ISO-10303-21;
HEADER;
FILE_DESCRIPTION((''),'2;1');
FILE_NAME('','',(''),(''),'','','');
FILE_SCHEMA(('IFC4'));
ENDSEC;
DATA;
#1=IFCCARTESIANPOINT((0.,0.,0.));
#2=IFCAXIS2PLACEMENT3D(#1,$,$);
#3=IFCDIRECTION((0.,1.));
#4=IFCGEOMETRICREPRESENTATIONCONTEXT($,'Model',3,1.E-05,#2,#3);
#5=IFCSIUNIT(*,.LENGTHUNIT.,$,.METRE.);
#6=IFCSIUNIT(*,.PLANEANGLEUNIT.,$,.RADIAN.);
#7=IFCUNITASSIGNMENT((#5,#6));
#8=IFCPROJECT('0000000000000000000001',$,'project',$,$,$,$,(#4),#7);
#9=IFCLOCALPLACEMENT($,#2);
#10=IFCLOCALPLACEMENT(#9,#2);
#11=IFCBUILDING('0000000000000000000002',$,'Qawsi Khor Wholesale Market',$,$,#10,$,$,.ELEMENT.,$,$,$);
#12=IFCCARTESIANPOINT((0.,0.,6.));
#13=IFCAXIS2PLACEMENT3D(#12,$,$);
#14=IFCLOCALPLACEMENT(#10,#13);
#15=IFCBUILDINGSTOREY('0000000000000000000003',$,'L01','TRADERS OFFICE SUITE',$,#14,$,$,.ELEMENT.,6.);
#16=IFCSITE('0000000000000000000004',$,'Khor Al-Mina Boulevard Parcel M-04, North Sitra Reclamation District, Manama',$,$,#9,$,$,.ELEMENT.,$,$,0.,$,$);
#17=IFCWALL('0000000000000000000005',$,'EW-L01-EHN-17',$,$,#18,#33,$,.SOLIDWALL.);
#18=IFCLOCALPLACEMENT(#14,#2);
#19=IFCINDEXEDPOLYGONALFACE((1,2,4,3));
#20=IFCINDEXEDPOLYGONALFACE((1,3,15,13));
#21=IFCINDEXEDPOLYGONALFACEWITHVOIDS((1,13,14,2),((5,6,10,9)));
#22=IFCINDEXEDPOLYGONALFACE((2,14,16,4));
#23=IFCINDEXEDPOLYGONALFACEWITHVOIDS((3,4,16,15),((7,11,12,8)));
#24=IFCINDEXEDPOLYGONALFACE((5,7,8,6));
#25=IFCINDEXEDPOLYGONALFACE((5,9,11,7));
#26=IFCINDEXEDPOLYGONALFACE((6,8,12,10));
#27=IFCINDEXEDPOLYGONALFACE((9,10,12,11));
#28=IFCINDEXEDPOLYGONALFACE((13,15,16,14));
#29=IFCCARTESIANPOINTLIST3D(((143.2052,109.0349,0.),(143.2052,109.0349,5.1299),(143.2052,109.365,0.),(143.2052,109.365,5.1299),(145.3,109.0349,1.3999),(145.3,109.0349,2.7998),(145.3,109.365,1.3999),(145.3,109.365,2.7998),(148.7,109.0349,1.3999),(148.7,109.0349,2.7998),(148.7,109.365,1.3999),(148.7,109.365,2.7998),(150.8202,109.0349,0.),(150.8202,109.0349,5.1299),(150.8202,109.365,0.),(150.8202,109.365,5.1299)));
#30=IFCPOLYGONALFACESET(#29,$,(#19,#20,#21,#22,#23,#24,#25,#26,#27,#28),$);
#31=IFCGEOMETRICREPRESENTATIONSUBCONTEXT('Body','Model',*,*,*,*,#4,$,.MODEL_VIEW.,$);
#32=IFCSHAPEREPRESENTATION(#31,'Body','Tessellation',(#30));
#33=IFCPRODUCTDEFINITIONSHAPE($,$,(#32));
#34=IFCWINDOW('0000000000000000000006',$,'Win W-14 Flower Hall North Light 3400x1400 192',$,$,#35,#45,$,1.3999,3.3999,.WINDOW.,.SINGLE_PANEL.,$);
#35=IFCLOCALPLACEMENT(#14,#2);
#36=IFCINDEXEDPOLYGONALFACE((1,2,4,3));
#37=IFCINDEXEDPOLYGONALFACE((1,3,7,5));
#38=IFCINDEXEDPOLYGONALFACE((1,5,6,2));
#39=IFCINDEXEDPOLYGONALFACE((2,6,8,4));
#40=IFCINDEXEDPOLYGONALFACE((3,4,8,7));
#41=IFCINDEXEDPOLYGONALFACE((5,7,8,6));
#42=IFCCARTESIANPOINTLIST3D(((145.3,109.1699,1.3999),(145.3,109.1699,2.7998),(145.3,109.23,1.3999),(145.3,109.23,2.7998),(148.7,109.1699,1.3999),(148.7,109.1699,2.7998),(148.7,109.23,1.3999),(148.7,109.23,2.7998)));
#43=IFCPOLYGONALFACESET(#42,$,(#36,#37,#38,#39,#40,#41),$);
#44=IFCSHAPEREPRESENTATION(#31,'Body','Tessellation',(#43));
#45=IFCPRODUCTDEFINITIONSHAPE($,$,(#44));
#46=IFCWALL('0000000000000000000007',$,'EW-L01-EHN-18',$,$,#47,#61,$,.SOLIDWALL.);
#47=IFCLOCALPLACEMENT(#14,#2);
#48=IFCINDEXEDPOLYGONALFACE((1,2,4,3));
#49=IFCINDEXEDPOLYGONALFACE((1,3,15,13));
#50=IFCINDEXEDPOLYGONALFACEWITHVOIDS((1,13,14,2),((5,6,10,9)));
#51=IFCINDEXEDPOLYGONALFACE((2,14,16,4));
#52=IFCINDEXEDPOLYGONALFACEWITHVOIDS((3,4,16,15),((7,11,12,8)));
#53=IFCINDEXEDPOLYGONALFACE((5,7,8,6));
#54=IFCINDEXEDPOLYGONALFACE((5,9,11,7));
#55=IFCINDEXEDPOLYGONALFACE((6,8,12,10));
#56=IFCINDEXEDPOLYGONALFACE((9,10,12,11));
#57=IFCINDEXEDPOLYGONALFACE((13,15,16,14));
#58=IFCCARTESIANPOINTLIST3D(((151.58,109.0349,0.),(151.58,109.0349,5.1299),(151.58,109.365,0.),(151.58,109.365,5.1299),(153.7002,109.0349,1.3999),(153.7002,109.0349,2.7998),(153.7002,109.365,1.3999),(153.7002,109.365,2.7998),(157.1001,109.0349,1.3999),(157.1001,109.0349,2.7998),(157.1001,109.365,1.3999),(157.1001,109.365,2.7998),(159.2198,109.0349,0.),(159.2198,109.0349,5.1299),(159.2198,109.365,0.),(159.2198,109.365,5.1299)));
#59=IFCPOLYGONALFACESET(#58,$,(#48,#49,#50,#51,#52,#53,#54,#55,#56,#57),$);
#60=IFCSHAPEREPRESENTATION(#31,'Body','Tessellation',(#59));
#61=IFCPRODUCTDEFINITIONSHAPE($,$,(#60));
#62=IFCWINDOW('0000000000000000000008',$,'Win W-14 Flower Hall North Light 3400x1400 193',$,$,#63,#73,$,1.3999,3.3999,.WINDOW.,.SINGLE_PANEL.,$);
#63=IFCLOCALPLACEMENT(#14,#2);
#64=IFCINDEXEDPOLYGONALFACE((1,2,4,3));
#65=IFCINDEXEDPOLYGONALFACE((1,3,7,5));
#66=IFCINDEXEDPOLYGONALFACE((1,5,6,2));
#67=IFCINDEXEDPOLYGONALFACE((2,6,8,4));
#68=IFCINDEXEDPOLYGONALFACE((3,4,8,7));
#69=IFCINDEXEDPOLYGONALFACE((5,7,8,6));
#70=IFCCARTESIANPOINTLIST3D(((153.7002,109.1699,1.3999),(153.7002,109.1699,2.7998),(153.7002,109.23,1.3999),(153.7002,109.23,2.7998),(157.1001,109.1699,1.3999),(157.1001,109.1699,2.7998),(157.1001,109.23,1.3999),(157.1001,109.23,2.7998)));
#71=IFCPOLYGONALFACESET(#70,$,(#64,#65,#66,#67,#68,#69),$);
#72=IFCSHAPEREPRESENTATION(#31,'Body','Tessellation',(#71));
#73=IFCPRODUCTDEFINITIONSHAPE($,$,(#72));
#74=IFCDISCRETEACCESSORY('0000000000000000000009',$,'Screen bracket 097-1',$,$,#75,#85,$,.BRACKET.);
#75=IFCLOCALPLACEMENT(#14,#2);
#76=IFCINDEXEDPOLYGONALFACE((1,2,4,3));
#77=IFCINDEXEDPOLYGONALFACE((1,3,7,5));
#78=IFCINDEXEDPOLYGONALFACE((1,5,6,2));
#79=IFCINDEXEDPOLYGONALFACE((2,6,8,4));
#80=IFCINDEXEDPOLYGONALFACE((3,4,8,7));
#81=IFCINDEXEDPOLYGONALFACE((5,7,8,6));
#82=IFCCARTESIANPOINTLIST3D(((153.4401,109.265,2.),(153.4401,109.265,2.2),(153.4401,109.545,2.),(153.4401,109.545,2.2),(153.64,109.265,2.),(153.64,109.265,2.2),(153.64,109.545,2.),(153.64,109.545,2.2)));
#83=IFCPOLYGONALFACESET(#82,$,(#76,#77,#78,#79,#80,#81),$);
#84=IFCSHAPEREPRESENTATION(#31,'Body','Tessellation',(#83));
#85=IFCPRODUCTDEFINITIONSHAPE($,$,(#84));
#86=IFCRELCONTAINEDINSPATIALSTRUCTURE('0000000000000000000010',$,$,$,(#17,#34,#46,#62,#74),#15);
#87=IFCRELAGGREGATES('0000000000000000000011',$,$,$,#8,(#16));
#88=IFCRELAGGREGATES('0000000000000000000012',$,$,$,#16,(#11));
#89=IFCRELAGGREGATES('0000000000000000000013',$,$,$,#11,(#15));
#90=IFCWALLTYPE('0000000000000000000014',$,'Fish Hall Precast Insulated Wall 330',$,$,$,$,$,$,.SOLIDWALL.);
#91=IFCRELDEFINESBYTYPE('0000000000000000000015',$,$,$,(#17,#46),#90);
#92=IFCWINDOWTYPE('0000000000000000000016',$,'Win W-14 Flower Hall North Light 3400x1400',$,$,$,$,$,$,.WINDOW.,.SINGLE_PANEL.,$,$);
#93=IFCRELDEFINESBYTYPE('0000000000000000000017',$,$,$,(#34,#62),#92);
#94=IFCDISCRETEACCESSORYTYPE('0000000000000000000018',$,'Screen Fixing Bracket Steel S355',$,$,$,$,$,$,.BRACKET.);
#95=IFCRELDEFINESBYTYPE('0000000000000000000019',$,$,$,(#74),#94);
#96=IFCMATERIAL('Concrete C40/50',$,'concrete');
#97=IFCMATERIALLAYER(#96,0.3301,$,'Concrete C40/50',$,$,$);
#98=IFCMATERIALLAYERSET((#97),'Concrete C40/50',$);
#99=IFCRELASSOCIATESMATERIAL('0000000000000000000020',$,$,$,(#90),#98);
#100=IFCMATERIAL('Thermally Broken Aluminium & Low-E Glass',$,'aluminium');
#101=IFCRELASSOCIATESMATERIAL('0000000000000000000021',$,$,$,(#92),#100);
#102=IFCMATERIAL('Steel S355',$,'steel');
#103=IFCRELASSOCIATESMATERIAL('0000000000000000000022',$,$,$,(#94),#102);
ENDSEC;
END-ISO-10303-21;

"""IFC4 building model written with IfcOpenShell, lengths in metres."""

from ifc_helpers import new_model, si_unit, direction, frame, frame_2d, origin, origin_2d, place, context, subcontext, project, spatial, rectangle, extrude, material, layer, layer_set, type_object, element, fill, save


model = new_model("IFC4")

# Units and contexts
model_context = context("Model", 3, precision=1e-05, world=origin(), true_north=direction((0.0, 1.0)))
body_context = subcontext(model_context, "Body", "Model", "MODEL_VIEW")
ifc_project = project(units=[si_unit("LENGTHUNIT", "METRE"), si_unit("PLANEANGLEUNIT", "RADIAN")], contexts=[model_context])

# Site, building, storey
site_placement = place(None, origin())
site = spatial("IfcSite", under=ifc_project, at=site_placement, Name="Khor Al-Mina Boulevard Parcel M-04, North Sitra Reclamation District, Manama", CompositionType="ELEMENT", RefElevation=0.0)
building_placement = place(site_placement, origin())
building = spatial("IfcBuilding", under=site, at=building_placement, Name="Qawsi Khor Wholesale Market", CompositionType="ELEMENT")
storey_placement = place(building_placement, frame((0.0, 0.0, 6.0)))
storey = spatial("IfcBuildingStorey", under=building, at=storey_placement, Name="L01", Description="TRADERS OFFICE SUITE", CompositionType="ELEMENT", Elevation=6.0)

# Shared definitions
ifc_material_1 = material(Name="Concrete C40/50", Category="concrete")

# Shared definitions
ifc_material_2 = material(Name="Steel S355", Category="steel")

# Walls, openings, windows
ifc_layer_1 = layer(ifc_material_1, 0.3301, Name="Concrete C40/50")
ifc_layer_set_1 = layer_set([ifc_layer_1], Name="Concrete C40/50")
wall_type_1 = type_object("IfcWallType", Name="Fish Hall Precast Insulated Wall 330", PredefinedType="SOLIDWALL", material=ifc_layer_set_1)
wall_1_placement = place(storey_placement, frame((143.2051, 109.2, 0.0), z_axis=(0.0, 0.0, 1.0), x_axis=(1.0, 0.0, 0.0)))
wall_1 = element("IfcWall", 1, at=wall_1_placement, inside=storey, type_object=wall_type_1, Name="EW-L01-EHN-17", PredefinedType="SOLIDWALL", context=body_context, shape_type="SweptSolid", body=[
    extrude(rectangle(XDim=7.615, YDim=0.3301, at=frame_2d((3.8076, 0.0))), origin(), (0.0, 0.0, 1.0), 5.1299),
])
opening_1_placement = place(wall_1_placement, frame((2.095, 0.0, 1.3999)))
opening_1 = element("IfcOpeningElement", 2, at=opening_1_placement, cuts=wall_1, PredefinedType="OPENING", context=body_context, shape_type="SweptSolid", body=[
    extrude(rectangle(XDim=3.3999, YDim=1.3999, at=frame_2d((1.7, 0.7))), frame((0.0, 0.175, 0.0), z_axis=(0.0, -1.0, 0.0), x_axis=(1.0, 0.0, 0.0)), (0.0, 0.0, 1.0), 0.3501),
])
ifc_material_3 = material(Name="Thermally Broken Aluminium & Low-E Glass", Category="aluminium")
window_type = type_object("IfcWindowType", Name="Win W-14 Flower Hall North Light 3400x1400", PartitioningType="SINGLE_PANEL", PredefinedType="WINDOW", material=ifc_material_3)
window_1_placement = place(opening_1_placement, origin())
window_1 = element("IfcWindow", 3, at=window_1_placement, inside=storey, type_object=window_type, Name="Win W-14 Flower Hall North Light 3400x1400 192", OverallHeight=1.3999, OverallWidth=3.3999, PartitioningType="SINGLE_PANEL", PredefinedType="WINDOW", context=body_context, shape_type="SweptSolid", body=[
    extrude(rectangle(XDim=3.3999, YDim=1.3999, at=frame_2d((1.7, 0.7))), frame((0.0, 0.03, 0.0), z_axis=(0.0, -1.0, 0.0), x_axis=(1.0, 0.0, 0.0)), (0.0, 0.0, 1.0), 0.0601),
])
fill(opening_1, window_1)
wall_2_placement = place(storey_placement, frame((151.5801, 109.2, 0.0), z_axis=(0.0, 0.0, 1.0), x_axis=(1.0, 0.0, 0.0)))
wall_2 = element("IfcWall", 4, at=wall_2_placement, inside=storey, type_object=wall_type_1, Name="EW-L01-EHN-18", PredefinedType="SOLIDWALL", context=body_context, shape_type="SweptSolid", body=[
    extrude(rectangle(XDim=7.6399, YDim=0.3301, at=frame_2d((3.8198, 0.0))), origin(), (0.0, 0.0, 1.0), 5.1299),
])
opening_2_placement = place(wall_2_placement, frame((2.1201, 0.0, 1.3999)))
opening_2 = element("IfcOpeningElement", 5, at=opening_2_placement, cuts=wall_2, PredefinedType="OPENING", context=body_context, shape_type="SweptSolid", body=[
    extrude(rectangle(XDim=3.3999, YDim=1.3999, at=frame_2d((1.7, 0.7))), frame((0.0, 0.175, 0.0), z_axis=(0.0, -1.0, 0.0), x_axis=(1.0, 0.0, 0.0)), (0.0, 0.0, 1.0), 0.3501),
])
window_2_placement = place(opening_2_placement, origin())
window_2 = element("IfcWindow", 6, at=window_2_placement, inside=storey, type_object=window_type, Name="Win W-14 Flower Hall North Light 3400x1400 193", OverallHeight=1.3999, OverallWidth=3.3999, PartitioningType="SINGLE_PANEL", PredefinedType="WINDOW", context=body_context, shape_type="SweptSolid", body=[
    extrude(rectangle(XDim=3.3999, YDim=1.3999, at=frame_2d((1.7, 0.7))), frame((0.0, 0.03, 0.0), z_axis=(0.0, -1.0, 0.0), x_axis=(1.0, 0.0, 0.0)), (0.0, 0.0, 1.0), 0.0601),
])
fill(opening_2, window_2)

# Discrete accessory
discrete_accessory_type = type_object("IfcDiscreteAccessoryType", Name="Screen Fixing Bracket Steel S355", PredefinedType="BRACKET", material=ifc_material_2)
discrete_accessory_placement = place(storey_placement, frame((153.54, 109.405, 2.0), z_axis=(0.0, 0.0, 1.0), x_axis=(1.0, 0.0, 0.0)))
element("IfcDiscreteAccessory", 7, at=discrete_accessory_placement, inside=storey, type_object=discrete_accessory_type, Name="Screen bracket 097-1", PredefinedType="BRACKET", context=body_context, shape_type="SweptSolid", body=[
    extrude(rectangle(XDim=0.2, YDim=0.28, at=origin_2d()), origin(), (0.0, 0.0, 1.0), 0.2),
])

save(model, "model.ifc")
